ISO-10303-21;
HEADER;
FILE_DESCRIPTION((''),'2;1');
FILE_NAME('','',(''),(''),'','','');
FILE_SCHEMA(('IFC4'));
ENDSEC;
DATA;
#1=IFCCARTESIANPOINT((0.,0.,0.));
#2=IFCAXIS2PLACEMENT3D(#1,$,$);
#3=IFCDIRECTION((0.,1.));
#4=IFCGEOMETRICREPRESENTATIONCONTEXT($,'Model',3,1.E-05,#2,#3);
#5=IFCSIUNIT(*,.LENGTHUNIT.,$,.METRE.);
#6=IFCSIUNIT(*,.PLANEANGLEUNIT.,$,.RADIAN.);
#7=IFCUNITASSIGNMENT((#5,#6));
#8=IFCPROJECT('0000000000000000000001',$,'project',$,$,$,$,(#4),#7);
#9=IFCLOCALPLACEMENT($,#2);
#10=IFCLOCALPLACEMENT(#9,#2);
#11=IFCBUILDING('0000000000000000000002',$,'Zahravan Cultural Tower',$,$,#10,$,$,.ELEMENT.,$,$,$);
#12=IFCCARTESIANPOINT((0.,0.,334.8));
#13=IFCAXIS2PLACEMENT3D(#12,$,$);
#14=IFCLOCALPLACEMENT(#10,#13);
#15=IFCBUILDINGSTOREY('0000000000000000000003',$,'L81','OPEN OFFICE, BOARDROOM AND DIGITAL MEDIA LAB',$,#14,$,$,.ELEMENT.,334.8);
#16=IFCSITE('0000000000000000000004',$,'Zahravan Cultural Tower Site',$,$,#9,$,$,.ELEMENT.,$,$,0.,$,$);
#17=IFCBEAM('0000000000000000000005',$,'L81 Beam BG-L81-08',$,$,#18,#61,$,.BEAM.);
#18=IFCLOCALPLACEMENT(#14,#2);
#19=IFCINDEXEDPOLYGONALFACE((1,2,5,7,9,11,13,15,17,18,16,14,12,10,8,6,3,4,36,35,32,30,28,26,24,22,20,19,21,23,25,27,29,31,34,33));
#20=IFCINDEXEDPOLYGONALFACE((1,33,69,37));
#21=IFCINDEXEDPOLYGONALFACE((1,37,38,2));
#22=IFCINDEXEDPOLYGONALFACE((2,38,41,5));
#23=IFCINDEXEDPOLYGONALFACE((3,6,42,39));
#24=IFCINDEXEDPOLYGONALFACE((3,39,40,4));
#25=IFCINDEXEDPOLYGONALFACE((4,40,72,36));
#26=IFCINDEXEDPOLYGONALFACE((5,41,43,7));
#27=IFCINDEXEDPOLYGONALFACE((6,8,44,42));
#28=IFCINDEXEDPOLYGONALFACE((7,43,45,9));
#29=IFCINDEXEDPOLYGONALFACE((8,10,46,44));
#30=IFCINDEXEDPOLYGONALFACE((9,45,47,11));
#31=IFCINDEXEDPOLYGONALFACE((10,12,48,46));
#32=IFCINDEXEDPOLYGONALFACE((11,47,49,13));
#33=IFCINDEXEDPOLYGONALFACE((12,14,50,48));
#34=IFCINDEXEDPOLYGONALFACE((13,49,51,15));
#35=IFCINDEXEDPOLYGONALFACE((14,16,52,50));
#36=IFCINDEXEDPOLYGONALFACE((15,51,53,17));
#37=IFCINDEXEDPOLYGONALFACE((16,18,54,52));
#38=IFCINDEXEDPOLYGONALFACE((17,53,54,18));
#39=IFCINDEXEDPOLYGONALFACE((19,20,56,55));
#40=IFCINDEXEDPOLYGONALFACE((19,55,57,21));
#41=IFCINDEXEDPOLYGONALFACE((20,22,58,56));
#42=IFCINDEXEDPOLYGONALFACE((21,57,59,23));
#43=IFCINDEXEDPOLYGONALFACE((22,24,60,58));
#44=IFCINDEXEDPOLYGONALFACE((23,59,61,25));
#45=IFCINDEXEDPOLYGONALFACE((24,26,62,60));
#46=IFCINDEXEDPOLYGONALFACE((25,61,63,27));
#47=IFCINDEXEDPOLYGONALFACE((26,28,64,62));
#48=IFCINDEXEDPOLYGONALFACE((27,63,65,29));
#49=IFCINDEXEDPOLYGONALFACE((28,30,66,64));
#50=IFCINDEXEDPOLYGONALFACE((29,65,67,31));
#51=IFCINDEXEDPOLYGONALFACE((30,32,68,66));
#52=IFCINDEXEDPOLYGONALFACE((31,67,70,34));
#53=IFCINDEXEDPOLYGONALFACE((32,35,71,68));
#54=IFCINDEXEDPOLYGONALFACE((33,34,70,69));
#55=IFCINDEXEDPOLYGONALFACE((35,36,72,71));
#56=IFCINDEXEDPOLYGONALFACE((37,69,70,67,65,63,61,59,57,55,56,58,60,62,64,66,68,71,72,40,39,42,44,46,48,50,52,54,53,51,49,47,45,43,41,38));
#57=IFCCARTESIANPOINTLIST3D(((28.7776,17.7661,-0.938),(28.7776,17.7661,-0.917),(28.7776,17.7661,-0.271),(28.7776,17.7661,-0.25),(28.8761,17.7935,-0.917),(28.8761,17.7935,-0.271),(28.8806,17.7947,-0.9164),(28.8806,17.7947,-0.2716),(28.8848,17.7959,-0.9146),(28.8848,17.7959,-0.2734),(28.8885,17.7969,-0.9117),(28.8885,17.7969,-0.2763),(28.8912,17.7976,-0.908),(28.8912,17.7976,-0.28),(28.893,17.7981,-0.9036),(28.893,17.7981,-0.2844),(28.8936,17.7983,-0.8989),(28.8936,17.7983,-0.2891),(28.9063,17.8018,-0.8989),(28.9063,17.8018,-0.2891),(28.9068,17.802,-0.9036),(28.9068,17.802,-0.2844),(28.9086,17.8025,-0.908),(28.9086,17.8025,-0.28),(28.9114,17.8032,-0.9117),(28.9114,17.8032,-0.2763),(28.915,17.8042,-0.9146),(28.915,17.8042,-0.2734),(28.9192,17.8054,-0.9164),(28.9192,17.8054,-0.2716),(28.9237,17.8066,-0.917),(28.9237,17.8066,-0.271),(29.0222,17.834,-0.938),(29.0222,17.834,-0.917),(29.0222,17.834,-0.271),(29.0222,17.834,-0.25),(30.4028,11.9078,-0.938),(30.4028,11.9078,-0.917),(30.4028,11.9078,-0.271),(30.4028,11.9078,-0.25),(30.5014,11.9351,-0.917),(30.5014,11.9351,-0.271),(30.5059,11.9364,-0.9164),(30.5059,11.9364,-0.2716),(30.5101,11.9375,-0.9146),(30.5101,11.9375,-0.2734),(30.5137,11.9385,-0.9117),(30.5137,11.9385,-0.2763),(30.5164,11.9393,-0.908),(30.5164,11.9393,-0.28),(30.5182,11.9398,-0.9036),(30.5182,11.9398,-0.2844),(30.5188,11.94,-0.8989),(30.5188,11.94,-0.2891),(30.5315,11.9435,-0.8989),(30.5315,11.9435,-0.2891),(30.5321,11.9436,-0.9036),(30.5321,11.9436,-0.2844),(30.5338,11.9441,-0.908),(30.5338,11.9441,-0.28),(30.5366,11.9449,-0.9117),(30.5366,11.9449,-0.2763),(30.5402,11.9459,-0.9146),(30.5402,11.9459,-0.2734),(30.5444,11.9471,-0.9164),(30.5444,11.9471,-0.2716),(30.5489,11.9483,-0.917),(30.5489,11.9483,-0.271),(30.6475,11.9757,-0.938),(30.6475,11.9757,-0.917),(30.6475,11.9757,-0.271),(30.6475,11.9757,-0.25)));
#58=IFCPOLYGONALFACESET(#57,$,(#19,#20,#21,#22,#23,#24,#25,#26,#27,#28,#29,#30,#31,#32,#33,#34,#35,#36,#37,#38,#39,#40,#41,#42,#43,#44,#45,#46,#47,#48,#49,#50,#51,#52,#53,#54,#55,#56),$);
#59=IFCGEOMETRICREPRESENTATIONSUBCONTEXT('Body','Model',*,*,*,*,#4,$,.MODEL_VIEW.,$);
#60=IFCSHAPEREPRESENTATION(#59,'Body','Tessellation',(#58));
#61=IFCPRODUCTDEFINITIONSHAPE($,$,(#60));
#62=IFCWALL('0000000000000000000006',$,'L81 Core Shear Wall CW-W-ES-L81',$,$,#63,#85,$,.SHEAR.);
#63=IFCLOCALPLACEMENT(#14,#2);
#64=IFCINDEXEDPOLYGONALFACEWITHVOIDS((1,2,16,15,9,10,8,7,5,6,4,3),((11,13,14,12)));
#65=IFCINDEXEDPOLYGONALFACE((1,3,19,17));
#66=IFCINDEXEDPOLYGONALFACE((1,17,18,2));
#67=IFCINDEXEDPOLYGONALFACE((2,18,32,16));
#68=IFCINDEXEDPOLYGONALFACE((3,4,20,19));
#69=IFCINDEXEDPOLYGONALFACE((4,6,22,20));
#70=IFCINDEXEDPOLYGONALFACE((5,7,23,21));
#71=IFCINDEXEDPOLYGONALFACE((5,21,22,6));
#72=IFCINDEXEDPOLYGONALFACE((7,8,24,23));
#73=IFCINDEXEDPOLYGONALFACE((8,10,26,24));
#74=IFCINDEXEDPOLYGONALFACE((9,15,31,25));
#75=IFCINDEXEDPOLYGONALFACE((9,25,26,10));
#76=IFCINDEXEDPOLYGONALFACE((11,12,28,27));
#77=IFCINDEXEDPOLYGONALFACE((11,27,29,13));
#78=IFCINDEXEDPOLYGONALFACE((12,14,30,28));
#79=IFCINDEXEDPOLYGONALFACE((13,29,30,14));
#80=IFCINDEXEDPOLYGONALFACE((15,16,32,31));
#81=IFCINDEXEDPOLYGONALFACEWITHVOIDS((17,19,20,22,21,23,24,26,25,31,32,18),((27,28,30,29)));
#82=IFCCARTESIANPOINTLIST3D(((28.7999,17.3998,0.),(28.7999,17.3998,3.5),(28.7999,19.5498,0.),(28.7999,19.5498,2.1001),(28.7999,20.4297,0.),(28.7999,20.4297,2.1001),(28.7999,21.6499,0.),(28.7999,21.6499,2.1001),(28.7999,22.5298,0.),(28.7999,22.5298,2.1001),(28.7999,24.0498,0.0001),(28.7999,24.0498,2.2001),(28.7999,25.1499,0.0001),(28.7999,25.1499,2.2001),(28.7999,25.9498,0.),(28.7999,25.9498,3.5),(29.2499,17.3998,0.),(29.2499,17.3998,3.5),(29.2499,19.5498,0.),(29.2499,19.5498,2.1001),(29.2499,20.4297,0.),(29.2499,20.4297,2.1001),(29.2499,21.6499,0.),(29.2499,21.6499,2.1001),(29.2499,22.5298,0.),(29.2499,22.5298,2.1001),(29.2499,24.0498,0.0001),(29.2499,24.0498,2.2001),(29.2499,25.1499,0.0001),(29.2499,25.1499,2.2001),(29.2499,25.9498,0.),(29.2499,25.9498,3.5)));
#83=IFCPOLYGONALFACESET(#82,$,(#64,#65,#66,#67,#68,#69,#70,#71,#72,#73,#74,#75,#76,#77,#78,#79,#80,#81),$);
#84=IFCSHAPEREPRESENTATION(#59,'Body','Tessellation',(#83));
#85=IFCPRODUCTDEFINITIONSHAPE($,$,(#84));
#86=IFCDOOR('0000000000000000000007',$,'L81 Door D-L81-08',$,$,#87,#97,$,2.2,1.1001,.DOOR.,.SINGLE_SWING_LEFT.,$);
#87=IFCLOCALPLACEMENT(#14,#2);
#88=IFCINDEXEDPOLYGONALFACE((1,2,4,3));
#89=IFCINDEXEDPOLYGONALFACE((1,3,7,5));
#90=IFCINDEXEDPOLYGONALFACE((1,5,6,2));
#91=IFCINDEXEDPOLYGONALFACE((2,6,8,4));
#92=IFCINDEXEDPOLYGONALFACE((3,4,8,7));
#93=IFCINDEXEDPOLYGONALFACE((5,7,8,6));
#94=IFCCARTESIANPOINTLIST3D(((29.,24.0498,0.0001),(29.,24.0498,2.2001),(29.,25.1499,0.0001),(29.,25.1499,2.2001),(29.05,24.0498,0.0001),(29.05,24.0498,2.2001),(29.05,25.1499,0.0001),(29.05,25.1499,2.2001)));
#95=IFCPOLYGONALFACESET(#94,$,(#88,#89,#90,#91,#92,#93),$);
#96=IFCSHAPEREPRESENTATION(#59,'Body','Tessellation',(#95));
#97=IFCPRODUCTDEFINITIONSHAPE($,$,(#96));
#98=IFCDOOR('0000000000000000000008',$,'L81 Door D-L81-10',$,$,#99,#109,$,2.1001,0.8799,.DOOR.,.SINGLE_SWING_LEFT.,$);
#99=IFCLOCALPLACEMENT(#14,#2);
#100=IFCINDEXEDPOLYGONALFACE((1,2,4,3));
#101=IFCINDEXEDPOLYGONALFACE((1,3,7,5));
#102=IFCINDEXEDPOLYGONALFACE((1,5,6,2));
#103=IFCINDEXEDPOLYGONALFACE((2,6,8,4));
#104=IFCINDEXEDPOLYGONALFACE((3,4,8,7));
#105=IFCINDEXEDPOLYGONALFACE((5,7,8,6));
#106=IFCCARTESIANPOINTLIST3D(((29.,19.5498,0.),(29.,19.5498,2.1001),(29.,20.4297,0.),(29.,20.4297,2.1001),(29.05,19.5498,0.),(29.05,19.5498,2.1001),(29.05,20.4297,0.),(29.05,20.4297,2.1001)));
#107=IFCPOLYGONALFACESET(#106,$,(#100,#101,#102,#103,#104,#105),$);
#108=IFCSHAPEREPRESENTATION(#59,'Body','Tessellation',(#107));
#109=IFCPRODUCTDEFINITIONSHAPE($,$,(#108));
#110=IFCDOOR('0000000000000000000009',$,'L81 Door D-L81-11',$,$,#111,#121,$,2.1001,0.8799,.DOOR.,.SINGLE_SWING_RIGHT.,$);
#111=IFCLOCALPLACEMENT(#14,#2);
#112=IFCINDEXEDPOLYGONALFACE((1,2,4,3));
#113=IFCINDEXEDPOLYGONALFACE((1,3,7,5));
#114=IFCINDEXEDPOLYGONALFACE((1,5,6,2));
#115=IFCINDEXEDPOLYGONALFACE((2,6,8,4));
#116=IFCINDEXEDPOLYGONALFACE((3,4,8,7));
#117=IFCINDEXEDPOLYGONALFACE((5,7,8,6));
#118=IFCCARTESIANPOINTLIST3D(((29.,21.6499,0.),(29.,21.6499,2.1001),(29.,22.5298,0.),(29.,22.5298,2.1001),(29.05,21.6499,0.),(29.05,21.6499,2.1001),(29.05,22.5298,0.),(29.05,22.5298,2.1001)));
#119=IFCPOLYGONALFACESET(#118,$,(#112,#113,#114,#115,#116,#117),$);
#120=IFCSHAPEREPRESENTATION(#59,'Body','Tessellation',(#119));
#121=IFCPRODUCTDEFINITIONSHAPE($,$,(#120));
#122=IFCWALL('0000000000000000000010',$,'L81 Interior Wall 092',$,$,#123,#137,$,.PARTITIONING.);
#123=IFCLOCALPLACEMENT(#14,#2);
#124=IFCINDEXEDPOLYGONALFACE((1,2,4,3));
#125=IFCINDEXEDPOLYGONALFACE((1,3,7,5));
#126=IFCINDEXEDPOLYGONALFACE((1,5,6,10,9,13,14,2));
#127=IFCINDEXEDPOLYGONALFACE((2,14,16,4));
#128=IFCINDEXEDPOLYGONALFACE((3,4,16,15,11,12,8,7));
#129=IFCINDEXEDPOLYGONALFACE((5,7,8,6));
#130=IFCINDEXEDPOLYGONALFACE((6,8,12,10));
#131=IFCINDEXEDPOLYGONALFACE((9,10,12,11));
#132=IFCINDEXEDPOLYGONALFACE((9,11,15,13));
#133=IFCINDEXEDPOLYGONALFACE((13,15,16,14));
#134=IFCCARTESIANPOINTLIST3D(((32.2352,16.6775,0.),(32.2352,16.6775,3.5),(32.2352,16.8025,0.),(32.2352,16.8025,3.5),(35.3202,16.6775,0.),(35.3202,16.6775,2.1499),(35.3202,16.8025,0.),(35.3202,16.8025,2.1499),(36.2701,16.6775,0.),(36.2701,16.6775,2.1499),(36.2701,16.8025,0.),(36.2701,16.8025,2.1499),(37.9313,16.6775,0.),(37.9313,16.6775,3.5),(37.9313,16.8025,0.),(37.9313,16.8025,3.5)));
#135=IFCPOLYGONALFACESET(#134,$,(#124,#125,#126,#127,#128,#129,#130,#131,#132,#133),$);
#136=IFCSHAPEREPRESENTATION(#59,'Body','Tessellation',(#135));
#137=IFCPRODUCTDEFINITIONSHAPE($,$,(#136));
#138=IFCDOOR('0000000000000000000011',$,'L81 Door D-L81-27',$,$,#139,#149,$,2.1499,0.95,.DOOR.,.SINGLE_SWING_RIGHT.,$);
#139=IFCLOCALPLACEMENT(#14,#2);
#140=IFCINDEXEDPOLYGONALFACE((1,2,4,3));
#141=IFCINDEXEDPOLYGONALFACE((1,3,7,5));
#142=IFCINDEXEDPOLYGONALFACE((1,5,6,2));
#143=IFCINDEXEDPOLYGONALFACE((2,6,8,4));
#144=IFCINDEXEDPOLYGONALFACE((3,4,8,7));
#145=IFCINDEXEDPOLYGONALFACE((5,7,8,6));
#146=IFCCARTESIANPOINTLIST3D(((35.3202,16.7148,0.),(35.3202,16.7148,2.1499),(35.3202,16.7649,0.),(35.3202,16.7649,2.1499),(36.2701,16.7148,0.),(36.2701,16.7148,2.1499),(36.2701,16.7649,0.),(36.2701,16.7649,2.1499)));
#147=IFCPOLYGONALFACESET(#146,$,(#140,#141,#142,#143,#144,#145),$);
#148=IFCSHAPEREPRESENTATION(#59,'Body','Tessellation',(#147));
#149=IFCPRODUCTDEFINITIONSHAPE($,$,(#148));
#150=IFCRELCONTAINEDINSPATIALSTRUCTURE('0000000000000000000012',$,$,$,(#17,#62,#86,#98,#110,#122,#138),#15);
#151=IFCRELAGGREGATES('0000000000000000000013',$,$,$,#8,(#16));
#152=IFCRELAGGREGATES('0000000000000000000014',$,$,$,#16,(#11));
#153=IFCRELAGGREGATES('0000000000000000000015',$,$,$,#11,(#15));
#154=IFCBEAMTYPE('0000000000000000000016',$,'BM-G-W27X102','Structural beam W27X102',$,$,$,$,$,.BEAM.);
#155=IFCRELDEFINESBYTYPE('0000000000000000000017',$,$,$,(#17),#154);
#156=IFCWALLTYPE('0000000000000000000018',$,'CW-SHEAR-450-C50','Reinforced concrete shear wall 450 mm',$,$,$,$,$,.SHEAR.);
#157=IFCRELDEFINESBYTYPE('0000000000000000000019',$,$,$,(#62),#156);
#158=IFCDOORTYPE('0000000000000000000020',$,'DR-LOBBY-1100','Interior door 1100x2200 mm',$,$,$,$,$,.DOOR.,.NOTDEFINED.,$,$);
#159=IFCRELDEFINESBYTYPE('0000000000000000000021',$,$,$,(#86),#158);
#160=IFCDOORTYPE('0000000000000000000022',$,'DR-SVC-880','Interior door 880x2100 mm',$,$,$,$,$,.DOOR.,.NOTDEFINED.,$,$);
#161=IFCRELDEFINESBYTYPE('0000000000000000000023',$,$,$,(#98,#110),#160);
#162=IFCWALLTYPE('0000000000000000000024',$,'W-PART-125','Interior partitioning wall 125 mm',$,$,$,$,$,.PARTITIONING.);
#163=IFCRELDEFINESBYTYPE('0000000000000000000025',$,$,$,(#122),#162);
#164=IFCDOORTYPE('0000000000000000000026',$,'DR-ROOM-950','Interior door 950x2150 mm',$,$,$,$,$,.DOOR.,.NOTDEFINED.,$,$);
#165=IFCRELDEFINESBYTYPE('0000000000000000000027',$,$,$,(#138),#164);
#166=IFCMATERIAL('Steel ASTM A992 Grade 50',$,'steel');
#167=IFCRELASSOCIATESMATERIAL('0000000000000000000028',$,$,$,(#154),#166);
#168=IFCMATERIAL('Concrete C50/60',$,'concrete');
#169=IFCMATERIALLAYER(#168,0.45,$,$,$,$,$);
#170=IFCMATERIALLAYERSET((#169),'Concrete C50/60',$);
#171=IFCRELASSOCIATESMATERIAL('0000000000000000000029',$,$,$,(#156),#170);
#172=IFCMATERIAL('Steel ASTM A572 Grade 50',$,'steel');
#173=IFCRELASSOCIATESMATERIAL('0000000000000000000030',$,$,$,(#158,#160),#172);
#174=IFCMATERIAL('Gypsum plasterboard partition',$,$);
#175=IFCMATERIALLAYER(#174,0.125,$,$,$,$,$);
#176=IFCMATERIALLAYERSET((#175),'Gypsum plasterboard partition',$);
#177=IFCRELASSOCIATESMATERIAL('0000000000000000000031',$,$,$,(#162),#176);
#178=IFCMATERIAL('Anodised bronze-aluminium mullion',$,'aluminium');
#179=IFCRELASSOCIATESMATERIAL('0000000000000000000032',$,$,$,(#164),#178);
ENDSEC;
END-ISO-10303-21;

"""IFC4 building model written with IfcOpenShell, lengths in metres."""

from ifc_helpers import new_model, si_unit, direction, frame, frame_2d, origin, origin_2d, place, context, subcontext, project, spatial, rectangle, i_section, extrude, source, transform, mapped, material, layer, layer_set, material_profile, profile_set, type_object, element, fill, save


model = new_model("IFC4")

# Units and contexts
model_context = context("Model", 3, precision=1e-05, world=origin(), true_north=direction((0.0, 1.0)))
body_context = subcontext(model_context, "Body", "Model", "MODEL_VIEW")
ifc_project = project(units=[si_unit("LENGTHUNIT", "METRE"), si_unit("PLANEANGLEUNIT", "RADIAN")], contexts=[model_context])

# Site, building, storey
site_placement = place(None, origin())
site = spatial("IfcSite", under=ifc_project, at=site_placement, Name="Zahravan Cultural Tower Site", CompositionType="ELEMENT", RefElevation=0.0)
building_placement = place(site_placement, origin())
building = spatial("IfcBuilding", under=site, at=building_placement, Name="Zahravan Cultural Tower", CompositionType="ELEMENT")
storey_placement = place(building_placement, frame((0.0, 0.0, 334.8)))
storey = spatial("IfcBuildingStorey", under=building, at=storey_placement, Name="L81", Description="OPEN OFFICE, BOARDROOM AND DIGITAL MEDIA LAB", CompositionType="ELEMENT", Elevation=334.8)

# Shared definitions
ifc_material_1 = material(Name="Concrete C50/60", Category="concrete")

# Beam
ifc_material_2 = material(Name="Steel ASTM A992 Grade 50", Category="steel")
ifc_material_profile_1 = material_profile(ifc_material_2, i_section(OverallWidth=0.2539, OverallDepth=0.688, WebThickness=0.0132, FlangeThickness=0.021, FilletRadius=0.0181, at=origin_2d()), Name="W27X102")
ifc_profile_set_1 = profile_set([ifc_material_profile_1], Name="Steel ASTM A992 Grade 50")
beam_type_1 = type_object("IfcBeamType", Name="BM-G-W27X102", Description="Structural beam W27X102", PredefinedType="BEAM", material=ifc_profile_set_1)
shared_shape_1 = source(origin(), body_context, "Body", "SweptSolid", [
    extrude(i_section(OverallWidth=0.2539, OverallDepth=0.688, WebThickness=0.0132, FlangeThickness=0.021, FilletRadius=0.0181, at=origin_2d()), origin(), (0.0, 0.0, 1.0), 6.0796),
])
beam_1_placement = place(storey_placement, frame((28.8999, 17.8, -0.594), z_axis=(0.267325, -0.963606, 0.0), x_axis=(0.963606, 0.267325, 0.0)))
element("IfcBeam", 1, at=beam_1_placement, inside=storey, type_object=beam_type_1, Name="L81 Beam BG-L81-08", PredefinedType="BEAM", context=body_context, shape_type="MappedRepresentation", body=[
    mapped(shared_shape_1, transform((0.0, 0.0, 0.0), x_axis=(1.0, 0.0, 0.0), y_axis=(0.0, 1.0, 0.0), z_axis=(0.0, 0.0, 1.0), scale=1.0)),
])

# Wall, openings, doors
ifc_layer_1 = layer(ifc_material_1, 0.45)
ifc_layer_set_1 = layer_set([ifc_layer_1], Name="Concrete C50/60")
wall_type_1 = type_object("IfcWallType", Name="CW-SHEAR-450-C50", Description="Reinforced concrete shear wall 450 mm", PredefinedType="SHEAR", material=ifc_layer_set_1)
wall_1_placement = place(storey_placement, frame((29.0249, 17.3999, 0.0), z_axis=(0.0, 0.0, 1.0), x_axis=(0.0, 1.0, 0.0)))
wall_1 = element("IfcWall", 2, at=wall_1_placement, inside=storey, type_object=wall_type_1, Name="L81 Core Shear Wall CW-W-ES-L81", PredefinedType="SHEAR", context=body_context, shape_type="SweptSolid", body=[
    extrude(rectangle(XDim=8.55, YDim=0.45, at=frame_2d((4.2749, 0.0))), origin(), (0.0, 0.0, 1.0), 3.5),
])
opening_1_placement = place(wall_1_placement, frame((6.6499, 0.0, 0.0)))
opening_1 = element("IfcOpeningElement", 3, at=opening_1_placement, cuts=wall_1, PredefinedType="OPENING", context=body_context, shape_type="SweptSolid", body=[
    extrude(rectangle(XDim=1.1001, YDim=2.2, at=frame_2d((0.55, 1.1001))), frame((0.0, 0.2349, 0.0), z_axis=(0.0, -1.0, 0.0), x_axis=(1.0, 0.0, 0.0)), (0.0, 0.0, 1.0), 0.47),
])
opening_2_placement = place(wall_1_placement, frame((2.1499, 0.0, 0.0)))
opening_2 = element("IfcOpeningElement", 4, at=opening_2_placement, cuts=wall_1, PredefinedType="OPENING", context=body_context, shape_type="SweptSolid", body=[
    extrude(rectangle(XDim=0.8799, YDim=2.1001, at=frame_2d((0.4399, 1.05))), frame((0.0, 0.2349, 0.0), z_axis=(0.0, -1.0, 0.0), x_axis=(1.0, 0.0, 0.0)), (0.0, 0.0, 1.0), 0.47),
])
opening_3_placement = place(wall_1_placement, frame((4.25, 0.0, 0.0)))
opening_3 = element("IfcOpeningElement", 5, at=opening_3_placement, cuts=wall_1, PredefinedType="OPENING", context=body_context, shape_type="SweptSolid", body=[
    extrude(rectangle(XDim=0.8799, YDim=2.1001, at=frame_2d((0.4399, 1.05))), frame((0.0, 0.2349, 0.0), z_axis=(0.0, -1.0, 0.0), x_axis=(1.0, 0.0, 0.0)), (0.0, 0.0, 1.0), 0.47),
])
ifc_material_3 = material(Name="Steel ASTM A572 Grade 50", Category="steel")
door_type_1 = type_object("IfcDoorType", Name="DR-LOBBY-1100", Description="Interior door 1100x2200 mm", OperationType="NOTDEFINED", PredefinedType="DOOR", material=ifc_material_3)
shared_shape_2 = source(origin(), body_context, "Body", "SweptSolid", [
    extrude(rectangle(XDim=1.1001, YDim=2.2, at=frame_2d((0.55, 1.1001))), frame((0.0, 0.0249, 0.0), z_axis=(0.0, -1.0, 0.0), x_axis=(1.0, 0.0, 0.0)), (0.0, 0.0, 1.0), 0.05),
])
door_1_placement = place(opening_1_placement, origin())
door_1 = element("IfcDoor", 6, at=door_1_placement, inside=storey, type_object=door_type_1, Name="L81 Door D-L81-08", OperationType="SINGLE_SWING_LEFT", OverallHeight=2.2, OverallWidth=1.1001, PredefinedType="DOOR", context=body_context, shape_type="MappedRepresentation", body=[
    mapped(shared_shape_2, transform((0.0, 0.0, 0.0), x_axis=(1.0, 0.0, 0.0), y_axis=(0.0, 1.0, 0.0), z_axis=(0.0, 0.0, 1.0), scale=1.0)),
])
fill(opening_1, door_1)
door_type_2 = type_object("IfcDoorType", Name="DR-SVC-880", Description="Interior door 880x2100 mm", OperationType="NOTDEFINED", PredefinedType="DOOR", material=ifc_material_3)
shared_shape_3 = source(origin(), body_context, "Body", "SweptSolid", [
    extrude(rectangle(XDim=0.8799, YDim=2.1001, at=frame_2d((0.4399, 1.05))), frame((0.0, 0.0249, 0.0), z_axis=(0.0, -1.0, 0.0), x_axis=(1.0, 0.0, 0.0)), (0.0, 0.0, 1.0), 0.05),
])
door_2_placement = place(opening_2_placement, origin())
door_2 = element("IfcDoor", 7, at=door_2_placement, inside=storey, type_object=door_type_2, Name="L81 Door D-L81-10", OperationType="SINGLE_SWING_LEFT", OverallHeight=2.1001, OverallWidth=0.8799, PredefinedType="DOOR", context=body_context, shape_type="MappedRepresentation", body=[
    mapped(shared_shape_3, transform((0.0, 0.0, 0.0), x_axis=(1.0, 0.0, 0.0), y_axis=(0.0, 1.0, 0.0), z_axis=(0.0, 0.0, 1.0), scale=1.0)),
])
fill(opening_2, door_2)
door_3_placement = place(opening_3_placement, origin())
door_3 = element("IfcDoor", 8, at=door_3_placement, inside=storey, type_object=door_type_2, Name="L81 Door D-L81-11", OperationType="SINGLE_SWING_RIGHT", OverallHeight=2.1001, OverallWidth=0.8799, PredefinedType="DOOR", context=body_context, shape_type="MappedRepresentation", body=[
    mapped(shared_shape_3, transform((0.0, 0.0, 0.0), x_axis=(1.0, 0.0, 0.0), y_axis=(0.0, 1.0, 0.0), z_axis=(0.0, 0.0, 1.0), scale=1.0)),
])
fill(opening_3, door_3)

# Wall, opening, door
ifc_material_4 = material(Name="Gypsum plasterboard partition")
ifc_layer_2 = layer(ifc_material_4, 0.125)
ifc_layer_set_2 = layer_set([ifc_layer_2], Name="Gypsum plasterboard partition")
wall_type_2 = type_object("IfcWallType", Name="W-PART-125", Description="Interior partitioning wall 125 mm", PredefinedType="PARTITIONING", material=ifc_layer_set_2)
ifc_material_5 = material(Name="Anodised bronze-aluminium mullion", Category="aluminium")
door_type_3 = type_object("IfcDoorType", Name="DR-ROOM-950", Description="Interior door 950x2150 mm", OperationType="NOTDEFINED", PredefinedType="DOOR", material=ifc_material_5)
shared_shape_4 = source(origin(), body_context, "Body", "SweptSolid", [
    extrude(rectangle(XDim=0.95, YDim=2.1499, at=frame_2d((0.4751, 1.075))), frame((0.0, 0.0249, 0.0), z_axis=(0.0, -1.0, 0.0), x_axis=(1.0, 0.0, 0.0)), (0.0, 0.0, 1.0), 0.05),
])
wall_2_placement = place(storey_placement, frame((32.2351, 16.74, 0.0), z_axis=(0.0, 0.0, 1.0), x_axis=(1.0, 0.0, 0.0)))
wall_2 = element("IfcWall", 9, at=wall_2_placement, inside=storey, type_object=wall_type_2, Name="L81 Interior Wall 092", PredefinedType="PARTITIONING", context=body_context, shape_type="SweptSolid", body=[
    extrude(rectangle(XDim=5.696, YDim=0.125, at=frame_2d((2.8481, 0.0))), origin(), (0.0, 0.0, 1.0), 3.5),
])
opening_4_placement = place(wall_2_placement, frame((3.085, 0.0, 0.0)))
opening_4 = element("IfcOpeningElement", 10, at=opening_4_placement, cuts=wall_2, PredefinedType="OPENING", context=body_context, shape_type="SweptSolid", body=[
    extrude(rectangle(XDim=0.95, YDim=2.1499, at=frame_2d((0.4751, 1.075))), frame((0.0, 0.0725, 0.0), z_axis=(0.0, -1.0, 0.0), x_axis=(1.0, 0.0, 0.0)), (0.0, 0.0, 1.0), 0.145),
])
door_4_placement = place(opening_4_placement, origin())
door_4 = element("IfcDoor", 11, at=door_4_placement, inside=storey, type_object=door_type_3, Name="L81 Door D-L81-27", OperationType="SINGLE_SWING_RIGHT", OverallHeight=2.1499, OverallWidth=0.95, PredefinedType="DOOR", context=body_context, shape_type="MappedRepresentation", body=[
    mapped(shared_shape_4, transform((0.0, 0.0, 0.0), x_axis=(1.0, 0.0, 0.0), y_axis=(0.0, 1.0, 0.0), z_axis=(0.0, 0.0, 1.0), scale=1.0)),
])
fill(opening_4, door_4)

save(model, "model.ifc")
